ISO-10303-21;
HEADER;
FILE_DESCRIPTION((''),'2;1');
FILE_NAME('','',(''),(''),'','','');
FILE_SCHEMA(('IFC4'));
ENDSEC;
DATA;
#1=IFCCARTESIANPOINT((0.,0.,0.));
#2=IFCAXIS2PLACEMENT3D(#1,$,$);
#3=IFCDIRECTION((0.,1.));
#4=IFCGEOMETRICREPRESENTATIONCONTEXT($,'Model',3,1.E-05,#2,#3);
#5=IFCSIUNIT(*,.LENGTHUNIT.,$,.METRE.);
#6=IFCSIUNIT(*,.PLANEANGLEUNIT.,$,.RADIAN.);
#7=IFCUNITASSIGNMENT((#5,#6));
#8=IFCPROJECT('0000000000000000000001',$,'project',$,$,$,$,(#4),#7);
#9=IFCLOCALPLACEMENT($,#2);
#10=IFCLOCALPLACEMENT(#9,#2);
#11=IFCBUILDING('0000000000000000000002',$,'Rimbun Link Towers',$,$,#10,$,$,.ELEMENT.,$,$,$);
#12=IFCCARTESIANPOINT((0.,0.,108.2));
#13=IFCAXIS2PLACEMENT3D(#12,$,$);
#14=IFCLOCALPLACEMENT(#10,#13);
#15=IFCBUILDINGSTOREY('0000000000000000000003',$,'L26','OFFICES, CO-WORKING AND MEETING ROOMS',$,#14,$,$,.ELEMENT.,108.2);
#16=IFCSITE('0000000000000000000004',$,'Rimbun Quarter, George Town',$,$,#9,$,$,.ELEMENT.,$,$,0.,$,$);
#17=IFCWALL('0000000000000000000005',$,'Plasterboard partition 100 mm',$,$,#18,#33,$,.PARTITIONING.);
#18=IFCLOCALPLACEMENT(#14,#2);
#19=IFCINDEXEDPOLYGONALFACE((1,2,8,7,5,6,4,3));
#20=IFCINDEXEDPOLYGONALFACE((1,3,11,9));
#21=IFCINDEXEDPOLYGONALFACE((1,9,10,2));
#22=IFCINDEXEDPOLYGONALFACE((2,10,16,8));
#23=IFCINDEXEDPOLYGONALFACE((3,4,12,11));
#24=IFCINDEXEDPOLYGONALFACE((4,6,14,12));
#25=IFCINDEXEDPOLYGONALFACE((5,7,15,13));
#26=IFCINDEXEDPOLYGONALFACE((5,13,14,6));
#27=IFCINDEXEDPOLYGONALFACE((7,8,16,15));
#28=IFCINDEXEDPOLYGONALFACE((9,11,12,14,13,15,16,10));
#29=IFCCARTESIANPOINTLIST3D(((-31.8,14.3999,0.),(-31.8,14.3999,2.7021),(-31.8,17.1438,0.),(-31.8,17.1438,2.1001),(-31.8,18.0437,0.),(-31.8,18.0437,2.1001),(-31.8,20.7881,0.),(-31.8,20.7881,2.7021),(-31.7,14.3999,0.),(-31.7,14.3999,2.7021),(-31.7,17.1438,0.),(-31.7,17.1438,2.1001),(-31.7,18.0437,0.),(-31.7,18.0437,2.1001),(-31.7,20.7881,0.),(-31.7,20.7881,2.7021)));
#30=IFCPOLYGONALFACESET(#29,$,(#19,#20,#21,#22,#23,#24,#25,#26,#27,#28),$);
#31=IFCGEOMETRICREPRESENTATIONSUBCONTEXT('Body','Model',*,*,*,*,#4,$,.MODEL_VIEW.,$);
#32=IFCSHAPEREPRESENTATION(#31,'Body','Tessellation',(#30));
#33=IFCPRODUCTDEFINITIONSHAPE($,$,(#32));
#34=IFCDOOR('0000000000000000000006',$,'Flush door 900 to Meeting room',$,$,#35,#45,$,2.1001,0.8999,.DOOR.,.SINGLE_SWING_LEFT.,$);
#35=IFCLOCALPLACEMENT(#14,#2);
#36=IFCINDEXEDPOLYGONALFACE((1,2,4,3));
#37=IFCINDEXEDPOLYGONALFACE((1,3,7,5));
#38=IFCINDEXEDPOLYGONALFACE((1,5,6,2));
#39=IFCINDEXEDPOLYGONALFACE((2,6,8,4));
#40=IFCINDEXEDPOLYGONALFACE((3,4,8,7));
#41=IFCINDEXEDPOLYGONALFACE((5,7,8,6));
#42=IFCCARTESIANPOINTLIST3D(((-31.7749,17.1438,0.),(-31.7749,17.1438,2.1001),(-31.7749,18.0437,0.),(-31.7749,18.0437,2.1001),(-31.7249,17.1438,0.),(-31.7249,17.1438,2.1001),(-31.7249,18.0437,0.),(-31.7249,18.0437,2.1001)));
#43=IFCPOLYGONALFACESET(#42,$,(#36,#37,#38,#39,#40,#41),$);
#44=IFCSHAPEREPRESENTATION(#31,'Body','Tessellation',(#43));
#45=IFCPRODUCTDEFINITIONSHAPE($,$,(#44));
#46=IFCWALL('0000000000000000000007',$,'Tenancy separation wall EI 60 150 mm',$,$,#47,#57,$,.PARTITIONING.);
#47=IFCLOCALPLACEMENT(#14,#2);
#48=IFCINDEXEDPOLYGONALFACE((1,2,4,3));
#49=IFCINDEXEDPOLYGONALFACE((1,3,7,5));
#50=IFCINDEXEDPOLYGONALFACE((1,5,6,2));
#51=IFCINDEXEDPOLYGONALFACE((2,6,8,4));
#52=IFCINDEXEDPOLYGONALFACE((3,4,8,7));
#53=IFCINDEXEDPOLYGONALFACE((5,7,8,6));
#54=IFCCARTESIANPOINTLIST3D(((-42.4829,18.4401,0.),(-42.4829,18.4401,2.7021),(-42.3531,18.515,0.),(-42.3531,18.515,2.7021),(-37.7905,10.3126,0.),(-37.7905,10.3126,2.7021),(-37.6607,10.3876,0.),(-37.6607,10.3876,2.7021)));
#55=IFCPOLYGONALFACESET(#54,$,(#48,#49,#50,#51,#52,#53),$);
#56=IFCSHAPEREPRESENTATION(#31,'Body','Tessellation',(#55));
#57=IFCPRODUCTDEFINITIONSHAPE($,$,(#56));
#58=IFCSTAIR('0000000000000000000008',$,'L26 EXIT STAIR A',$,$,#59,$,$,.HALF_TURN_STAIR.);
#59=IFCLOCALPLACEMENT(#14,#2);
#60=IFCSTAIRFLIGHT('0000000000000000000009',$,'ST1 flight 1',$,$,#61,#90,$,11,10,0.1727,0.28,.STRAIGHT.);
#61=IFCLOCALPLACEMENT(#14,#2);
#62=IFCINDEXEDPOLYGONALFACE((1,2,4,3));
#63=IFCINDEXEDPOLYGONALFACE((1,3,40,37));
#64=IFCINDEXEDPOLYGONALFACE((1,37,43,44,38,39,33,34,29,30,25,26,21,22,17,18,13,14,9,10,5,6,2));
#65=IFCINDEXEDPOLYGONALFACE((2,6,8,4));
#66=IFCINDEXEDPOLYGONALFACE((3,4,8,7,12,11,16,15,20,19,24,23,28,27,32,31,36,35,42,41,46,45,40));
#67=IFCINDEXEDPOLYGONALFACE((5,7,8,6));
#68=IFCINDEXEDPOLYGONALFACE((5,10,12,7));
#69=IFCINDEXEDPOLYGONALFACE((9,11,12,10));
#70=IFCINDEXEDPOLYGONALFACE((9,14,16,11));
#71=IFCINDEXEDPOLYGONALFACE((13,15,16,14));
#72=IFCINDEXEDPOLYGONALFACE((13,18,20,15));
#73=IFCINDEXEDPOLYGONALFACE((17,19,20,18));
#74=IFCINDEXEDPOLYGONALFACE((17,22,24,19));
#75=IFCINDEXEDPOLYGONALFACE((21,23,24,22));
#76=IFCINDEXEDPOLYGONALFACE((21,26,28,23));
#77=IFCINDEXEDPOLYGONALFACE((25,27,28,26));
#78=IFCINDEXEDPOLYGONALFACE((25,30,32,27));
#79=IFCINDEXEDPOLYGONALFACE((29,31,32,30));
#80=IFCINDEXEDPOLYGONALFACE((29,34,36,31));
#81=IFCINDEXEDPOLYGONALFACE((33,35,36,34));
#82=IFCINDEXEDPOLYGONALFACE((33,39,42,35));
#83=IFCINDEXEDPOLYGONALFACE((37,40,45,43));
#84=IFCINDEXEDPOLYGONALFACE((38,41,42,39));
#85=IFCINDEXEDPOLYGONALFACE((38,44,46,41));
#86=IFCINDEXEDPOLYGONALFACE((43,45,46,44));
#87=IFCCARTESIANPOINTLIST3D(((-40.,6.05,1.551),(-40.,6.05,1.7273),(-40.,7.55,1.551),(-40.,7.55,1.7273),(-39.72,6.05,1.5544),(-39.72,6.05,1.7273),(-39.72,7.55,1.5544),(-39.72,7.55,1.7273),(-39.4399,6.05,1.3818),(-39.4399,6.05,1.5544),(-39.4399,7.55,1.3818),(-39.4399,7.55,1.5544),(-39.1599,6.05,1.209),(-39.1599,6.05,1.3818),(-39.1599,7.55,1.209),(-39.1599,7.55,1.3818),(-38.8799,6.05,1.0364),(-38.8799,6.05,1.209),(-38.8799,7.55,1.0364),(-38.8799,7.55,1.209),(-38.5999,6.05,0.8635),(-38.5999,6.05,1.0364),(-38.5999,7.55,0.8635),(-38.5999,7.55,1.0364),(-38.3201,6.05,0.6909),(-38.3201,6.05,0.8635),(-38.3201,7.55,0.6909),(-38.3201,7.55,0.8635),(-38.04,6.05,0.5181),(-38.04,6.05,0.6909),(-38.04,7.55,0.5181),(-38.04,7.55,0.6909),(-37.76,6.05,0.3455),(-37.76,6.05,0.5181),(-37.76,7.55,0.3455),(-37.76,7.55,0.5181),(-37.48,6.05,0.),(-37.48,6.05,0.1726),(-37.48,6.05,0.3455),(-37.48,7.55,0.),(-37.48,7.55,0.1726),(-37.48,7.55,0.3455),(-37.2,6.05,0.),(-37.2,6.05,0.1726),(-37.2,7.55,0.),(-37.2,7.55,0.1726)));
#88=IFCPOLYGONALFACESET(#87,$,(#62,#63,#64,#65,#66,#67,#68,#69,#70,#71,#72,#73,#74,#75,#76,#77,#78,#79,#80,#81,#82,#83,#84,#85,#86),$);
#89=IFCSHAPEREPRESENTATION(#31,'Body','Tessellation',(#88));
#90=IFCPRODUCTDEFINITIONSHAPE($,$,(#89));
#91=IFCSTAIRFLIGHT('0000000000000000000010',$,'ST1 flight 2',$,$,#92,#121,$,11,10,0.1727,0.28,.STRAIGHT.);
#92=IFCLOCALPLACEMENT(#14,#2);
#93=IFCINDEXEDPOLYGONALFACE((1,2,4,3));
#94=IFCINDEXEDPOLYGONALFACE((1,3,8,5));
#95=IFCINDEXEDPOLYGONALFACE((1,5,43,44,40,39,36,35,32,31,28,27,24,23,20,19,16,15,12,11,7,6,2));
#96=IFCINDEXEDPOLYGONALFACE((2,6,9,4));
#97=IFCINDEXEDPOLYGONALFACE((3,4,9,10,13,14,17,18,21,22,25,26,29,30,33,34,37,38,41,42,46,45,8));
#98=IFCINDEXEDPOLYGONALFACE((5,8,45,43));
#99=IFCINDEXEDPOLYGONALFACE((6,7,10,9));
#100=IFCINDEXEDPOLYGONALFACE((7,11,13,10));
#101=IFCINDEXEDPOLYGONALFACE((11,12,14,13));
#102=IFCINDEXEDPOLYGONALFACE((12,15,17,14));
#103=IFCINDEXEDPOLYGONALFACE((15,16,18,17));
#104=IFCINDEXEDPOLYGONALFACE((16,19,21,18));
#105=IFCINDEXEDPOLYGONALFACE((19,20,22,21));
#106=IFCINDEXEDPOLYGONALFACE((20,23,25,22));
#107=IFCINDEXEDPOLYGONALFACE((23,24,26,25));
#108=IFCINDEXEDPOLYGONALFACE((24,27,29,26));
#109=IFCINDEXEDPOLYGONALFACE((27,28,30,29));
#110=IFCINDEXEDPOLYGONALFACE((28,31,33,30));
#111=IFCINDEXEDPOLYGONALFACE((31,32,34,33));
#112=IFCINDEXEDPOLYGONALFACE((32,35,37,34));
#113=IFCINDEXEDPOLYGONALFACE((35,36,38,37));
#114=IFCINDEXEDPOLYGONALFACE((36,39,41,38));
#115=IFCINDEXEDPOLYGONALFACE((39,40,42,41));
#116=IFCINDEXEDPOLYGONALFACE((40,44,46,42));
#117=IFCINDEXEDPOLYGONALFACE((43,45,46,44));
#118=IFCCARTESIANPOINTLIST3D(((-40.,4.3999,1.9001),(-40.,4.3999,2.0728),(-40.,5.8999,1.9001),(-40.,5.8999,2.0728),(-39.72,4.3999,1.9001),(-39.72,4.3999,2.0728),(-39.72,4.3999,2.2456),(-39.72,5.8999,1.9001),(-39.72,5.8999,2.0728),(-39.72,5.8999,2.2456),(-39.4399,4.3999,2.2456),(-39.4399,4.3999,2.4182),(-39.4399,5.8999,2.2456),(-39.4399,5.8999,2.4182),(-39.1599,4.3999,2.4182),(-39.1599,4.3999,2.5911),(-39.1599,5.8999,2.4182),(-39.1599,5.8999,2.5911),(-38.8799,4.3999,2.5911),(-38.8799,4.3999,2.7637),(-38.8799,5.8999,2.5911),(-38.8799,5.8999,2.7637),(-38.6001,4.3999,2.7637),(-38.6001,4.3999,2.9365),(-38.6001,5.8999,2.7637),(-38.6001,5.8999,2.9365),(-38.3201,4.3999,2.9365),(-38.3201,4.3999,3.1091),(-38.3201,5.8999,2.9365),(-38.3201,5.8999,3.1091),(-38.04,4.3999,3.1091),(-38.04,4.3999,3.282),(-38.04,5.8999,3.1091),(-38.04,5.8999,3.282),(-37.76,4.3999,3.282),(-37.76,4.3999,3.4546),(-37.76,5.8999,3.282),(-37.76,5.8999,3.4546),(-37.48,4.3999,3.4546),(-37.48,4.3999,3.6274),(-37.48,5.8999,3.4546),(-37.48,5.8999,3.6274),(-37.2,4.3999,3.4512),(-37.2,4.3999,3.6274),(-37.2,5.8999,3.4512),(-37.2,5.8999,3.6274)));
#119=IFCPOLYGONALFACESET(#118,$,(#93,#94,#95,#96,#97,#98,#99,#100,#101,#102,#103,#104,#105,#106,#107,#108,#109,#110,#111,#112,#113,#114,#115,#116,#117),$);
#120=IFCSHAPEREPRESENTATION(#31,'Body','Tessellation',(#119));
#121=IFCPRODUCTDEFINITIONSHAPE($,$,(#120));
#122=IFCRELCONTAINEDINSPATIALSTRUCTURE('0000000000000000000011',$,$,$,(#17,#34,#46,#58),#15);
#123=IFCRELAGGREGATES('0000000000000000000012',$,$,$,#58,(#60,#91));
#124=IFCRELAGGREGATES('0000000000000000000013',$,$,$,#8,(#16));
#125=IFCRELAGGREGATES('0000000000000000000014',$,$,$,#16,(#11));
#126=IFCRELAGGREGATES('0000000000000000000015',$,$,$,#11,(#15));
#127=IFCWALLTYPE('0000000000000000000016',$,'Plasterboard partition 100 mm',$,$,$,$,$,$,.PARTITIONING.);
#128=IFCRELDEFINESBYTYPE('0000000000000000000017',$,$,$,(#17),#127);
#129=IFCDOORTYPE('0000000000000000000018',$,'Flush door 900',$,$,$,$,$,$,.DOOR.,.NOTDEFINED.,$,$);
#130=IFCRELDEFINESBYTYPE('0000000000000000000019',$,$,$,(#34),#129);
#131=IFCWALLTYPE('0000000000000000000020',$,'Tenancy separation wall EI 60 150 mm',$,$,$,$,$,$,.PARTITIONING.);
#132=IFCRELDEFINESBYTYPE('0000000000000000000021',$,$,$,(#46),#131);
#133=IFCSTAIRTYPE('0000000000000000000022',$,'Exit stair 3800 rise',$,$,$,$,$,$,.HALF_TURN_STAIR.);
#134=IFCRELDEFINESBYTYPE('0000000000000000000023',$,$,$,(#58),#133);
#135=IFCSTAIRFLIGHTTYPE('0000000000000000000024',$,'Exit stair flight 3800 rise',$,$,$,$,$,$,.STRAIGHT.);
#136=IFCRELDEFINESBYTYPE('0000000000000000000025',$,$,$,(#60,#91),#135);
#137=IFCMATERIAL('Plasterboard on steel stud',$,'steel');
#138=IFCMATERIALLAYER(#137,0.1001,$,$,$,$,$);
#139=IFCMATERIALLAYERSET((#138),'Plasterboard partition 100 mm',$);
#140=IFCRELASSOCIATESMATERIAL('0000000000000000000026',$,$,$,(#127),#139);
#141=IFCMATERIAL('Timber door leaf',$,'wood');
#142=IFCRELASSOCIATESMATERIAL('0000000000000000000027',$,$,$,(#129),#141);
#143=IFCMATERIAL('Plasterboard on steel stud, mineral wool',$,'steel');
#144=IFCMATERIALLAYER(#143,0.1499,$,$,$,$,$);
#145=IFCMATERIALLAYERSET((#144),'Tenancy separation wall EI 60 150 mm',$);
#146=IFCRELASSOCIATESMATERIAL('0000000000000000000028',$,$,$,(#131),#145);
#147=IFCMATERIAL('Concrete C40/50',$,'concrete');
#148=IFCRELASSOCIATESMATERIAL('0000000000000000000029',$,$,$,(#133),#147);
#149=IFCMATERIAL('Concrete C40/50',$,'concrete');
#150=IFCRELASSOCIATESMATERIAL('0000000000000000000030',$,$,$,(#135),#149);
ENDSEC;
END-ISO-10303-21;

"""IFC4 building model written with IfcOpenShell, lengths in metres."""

from ifc_helpers import new_model, si_unit, direction, frame, frame_2d, origin, place, context, subcontext, project, spatial, polyline, rectangle, outline, extrude, material, layer, layer_set, type_object, element, fill, aggregate, save


model = new_model("IFC4")

# Units and contexts
model_context = context("Model", 3, precision=1e-05, world=origin(), true_north=direction((0.0, 1.0)))
body_context = subcontext(model_context, "Body", "Model", "MODEL_VIEW")
ifc_project = project(units=[si_unit("LENGTHUNIT", "METRE"), si_unit("PLANEANGLEUNIT", "RADIAN")], contexts=[model_context])

# Site, building, storey
site_placement = place(None, origin())
site = spatial("IfcSite", under=ifc_project, at=site_placement, Name="Rimbun Quarter, George Town", CompositionType="ELEMENT", RefElevation=0.0)
building_placement = place(site_placement, origin())
building = spatial("IfcBuilding", under=site, at=building_placement, Name="Rimbun Link Towers", CompositionType="ELEMENT")
storey_placement = place(building_placement, frame((0.0, 0.0, 108.2)))
storey = spatial("IfcBuildingStorey", under=building, at=storey_placement, Name="L26", Description="OFFICES, CO-WORKING AND MEETING ROOMS", CompositionType="ELEMENT", Elevation=108.2)

# Shared definitions
ifc_material_1 = material(Name="Plasterboard on steel stud", Category="steel")
ifc_layer_1 = layer(ifc_material_1, 0.1001)
ifc_layer_set_1 = layer_set([ifc_layer_1], Name="Plasterboard partition 100 mm")
wall_type_1 = type_object("IfcWallType", Name="Plasterboard partition 100 mm", PredefinedType="PARTITIONING", material=ifc_layer_set_1)
ifc_material_2 = material(Name="Timber door leaf", Category="wood")
door_type_1 = type_object("IfcDoorType", Name="Flush door 900", OperationType="NOTDEFINED", PredefinedType="DOOR", material=ifc_material_2)

# Wall, opening, door
wall_1_placement = place(storey_placement, frame((-31.75, 14.3999, 0.0), z_axis=(0.0, 0.0, 1.0), x_axis=(0.0, 1.0, 0.0)))
wall_1 = element("IfcWall", 1, at=wall_1_placement, inside=storey, type_object=wall_type_1, Name="Plasterboard partition 100 mm", PredefinedType="PARTITIONING", context=body_context, shape_type="SweptSolid", body=[
    extrude(rectangle(XDim=6.3882, YDim=0.1001, at=frame_2d((3.1941, 0.0))), origin(), (0.0, 0.0, 1.0), 2.7021),
])
opening_1_placement = place(wall_1_placement, frame((2.7439, 0.0, 0.0)))
opening_1 = element("IfcOpeningElement", 2, at=opening_1_placement, cuts=wall_1, PredefinedType="OPENING", context=body_context, shape_type="SweptSolid", body=[
    extrude(rectangle(XDim=0.8999, YDim=2.1001, at=frame_2d((0.45, 1.05))), frame((0.0, 0.0601, 0.0), z_axis=(0.0, -1.0, 0.0), x_axis=(1.0, 0.0, 0.0)), (0.0, 0.0, 1.0), 0.1201),
])
door_1_placement = place(opening_1_placement, origin())
door_1 = element("IfcDoor", 3, at=door_1_placement, inside=storey, type_object=door_type_1, Name="Flush door 900 to Meeting room", OperationType="SINGLE_SWING_LEFT", OverallHeight=2.1001, OverallWidth=0.8999, PredefinedType="DOOR", context=body_context, shape_type="SweptSolid", body=[
    extrude(rectangle(XDim=0.8999, YDim=2.1001, at=frame_2d((0.45, 1.05))), frame((0.0, 0.0249, 0.0), z_axis=(0.0, -1.0, 0.0), x_axis=(1.0, 0.0, 0.0)), (0.0, 0.0, 1.0), 0.05),
])
fill(opening_1, door_1)

# Wall
ifc_material_3 = material(Name="Plasterboard on steel stud, mineral wool", Category="steel")
ifc_layer_2 = layer(ifc_material_3, 0.1499)
ifc_layer_set_2 = layer_set([ifc_layer_2], Name="Tenancy separation wall EI 60 150 mm")
wall_type_2 = type_object("IfcWallType", Name="Tenancy separation wall EI 60 150 mm", PredefinedType="PARTITIONING", material=ifc_layer_set_2)
wall_2_placement = place(storey_placement, frame((-37.7256, 10.3501, 0.0), z_axis=(0.0, 0.0, 1.0), x_axis=(-0.5, 0.866025, 0.0)))
element("IfcWall", 4, at=wall_2_placement, inside=storey, type_object=wall_type_2, Name="Tenancy separation wall EI 60 150 mm", PredefinedType="PARTITIONING", context=body_context, shape_type="SweptSolid", body=[
    extrude(rectangle(XDim=9.3848, YDim=0.1499, at=frame_2d((4.6924, 0.0))), origin(), (0.0, 0.0, 1.0), 2.7021),
])

# Stair, stair flights
ifc_material_4 = material(Name="Concrete C40/50", Category="concrete")
stair_type = type_object("IfcStairType", Name="Exit stair 3800 rise", PredefinedType="HALF_TURN_STAIR", material=ifc_material_4)
stair_placement = place(storey_placement, origin())
stair = element("IfcStair", 5, at=stair_placement, inside=storey, type_object=stair_type, Name="L26 EXIT STAIR A", PredefinedType="HALF_TURN_STAIR")
ifc_material_5 = material(Name="Concrete C40/50", Category="concrete")
stair_flight_type = type_object("IfcStairFlightType", Name="Exit stair flight 3800 rise", PredefinedType="STRAIGHT", material=ifc_material_5)
stair_flight_1_placement = place(storey_placement, frame((-37.2, 6.8, 0.0), z_axis=(0.0, 0.0, 1.0), x_axis=(-1.0, 0.0, 0.0)))
stair_flight_1 = element("IfcStairFlight", 6, at=stair_flight_1_placement, type_object=stair_flight_type, Name="ST1 flight 1", NumberOfRisers=11, NumberOfTreads=10, PredefinedType="STRAIGHT", RiserHeight=0.1727, TreadLength=0.28, context=body_context, shape_type="SweptSolid", body=[
    extrude(outline(polyline([(0.0, 0.0), (0.0, 0.1726), (0.28, 0.1726), (0.28, 0.3455), (0.5601, 0.3455), (0.5601, 0.5181), (0.8401, 0.5181), (0.8401, 0.6909), (1.1201, 0.6909), (1.1201, 0.8635), (1.3999, 0.8635), (1.3999, 1.0364), (1.6799, 1.0364), (1.6799, 1.209), (1.96, 1.209), (1.96, 1.3818), (2.24, 1.3818), (2.24, 1.5544), (2.52, 1.5544), (2.52, 1.7273), (2.8, 1.7273), (2.8, 1.8999), (2.8, 1.551), (0.28, 0.0), (0.0, 0.0)])), frame((0.0, 0.75, 0.0), z_axis=(0.0, -1.0, 0.0), x_axis=(1.0, 0.0, 0.0)), (0.0, 0.0, 1.0), 1.5),
])
stair_flight_2_placement = place(storey_placement, frame((-40.0, 5.1499, 1.9001), z_axis=(0.0, 0.0, 1.0), x_axis=(1.0, 0.0, 0.0)))
stair_flight_2 = element("IfcStairFlight", 7, at=stair_flight_2_placement, type_object=stair_flight_type, Name="ST1 flight 2", NumberOfRisers=11, NumberOfTreads=10, PredefinedType="STRAIGHT", RiserHeight=0.1727, TreadLength=0.28, context=body_context, shape_type="SweptSolid", body=[
    extrude(outline(polyline([(0.0, 0.0), (0.0, 0.1726), (0.28, 0.1726), (0.28, 0.3455), (0.5601, 0.3455), (0.5601, 0.5181), (0.8401, 0.5181), (0.8401, 0.6909), (1.1201, 0.6909), (1.1201, 0.8635), (1.3999, 0.8635), (1.3999, 1.0364), (1.6799, 1.0364), (1.6799, 1.209), (1.96, 1.209), (1.96, 1.3818), (2.24, 1.3818), (2.24, 1.5544), (2.52, 1.5544), (2.52, 1.7273), (2.8, 1.7273), (2.8, 1.8999), (2.8, 1.551), (0.28, 0.0), (0.0, 0.0)])), frame((0.0, 0.75, 0.0), z_axis=(0.0, -1.0, 0.0), x_axis=(1.0, 0.0, 0.0)), (0.0, 0.0, 1.0), 1.5),
])
aggregate(stair, [stair_flight_1, stair_flight_2])

save(model, "model.ifc")
